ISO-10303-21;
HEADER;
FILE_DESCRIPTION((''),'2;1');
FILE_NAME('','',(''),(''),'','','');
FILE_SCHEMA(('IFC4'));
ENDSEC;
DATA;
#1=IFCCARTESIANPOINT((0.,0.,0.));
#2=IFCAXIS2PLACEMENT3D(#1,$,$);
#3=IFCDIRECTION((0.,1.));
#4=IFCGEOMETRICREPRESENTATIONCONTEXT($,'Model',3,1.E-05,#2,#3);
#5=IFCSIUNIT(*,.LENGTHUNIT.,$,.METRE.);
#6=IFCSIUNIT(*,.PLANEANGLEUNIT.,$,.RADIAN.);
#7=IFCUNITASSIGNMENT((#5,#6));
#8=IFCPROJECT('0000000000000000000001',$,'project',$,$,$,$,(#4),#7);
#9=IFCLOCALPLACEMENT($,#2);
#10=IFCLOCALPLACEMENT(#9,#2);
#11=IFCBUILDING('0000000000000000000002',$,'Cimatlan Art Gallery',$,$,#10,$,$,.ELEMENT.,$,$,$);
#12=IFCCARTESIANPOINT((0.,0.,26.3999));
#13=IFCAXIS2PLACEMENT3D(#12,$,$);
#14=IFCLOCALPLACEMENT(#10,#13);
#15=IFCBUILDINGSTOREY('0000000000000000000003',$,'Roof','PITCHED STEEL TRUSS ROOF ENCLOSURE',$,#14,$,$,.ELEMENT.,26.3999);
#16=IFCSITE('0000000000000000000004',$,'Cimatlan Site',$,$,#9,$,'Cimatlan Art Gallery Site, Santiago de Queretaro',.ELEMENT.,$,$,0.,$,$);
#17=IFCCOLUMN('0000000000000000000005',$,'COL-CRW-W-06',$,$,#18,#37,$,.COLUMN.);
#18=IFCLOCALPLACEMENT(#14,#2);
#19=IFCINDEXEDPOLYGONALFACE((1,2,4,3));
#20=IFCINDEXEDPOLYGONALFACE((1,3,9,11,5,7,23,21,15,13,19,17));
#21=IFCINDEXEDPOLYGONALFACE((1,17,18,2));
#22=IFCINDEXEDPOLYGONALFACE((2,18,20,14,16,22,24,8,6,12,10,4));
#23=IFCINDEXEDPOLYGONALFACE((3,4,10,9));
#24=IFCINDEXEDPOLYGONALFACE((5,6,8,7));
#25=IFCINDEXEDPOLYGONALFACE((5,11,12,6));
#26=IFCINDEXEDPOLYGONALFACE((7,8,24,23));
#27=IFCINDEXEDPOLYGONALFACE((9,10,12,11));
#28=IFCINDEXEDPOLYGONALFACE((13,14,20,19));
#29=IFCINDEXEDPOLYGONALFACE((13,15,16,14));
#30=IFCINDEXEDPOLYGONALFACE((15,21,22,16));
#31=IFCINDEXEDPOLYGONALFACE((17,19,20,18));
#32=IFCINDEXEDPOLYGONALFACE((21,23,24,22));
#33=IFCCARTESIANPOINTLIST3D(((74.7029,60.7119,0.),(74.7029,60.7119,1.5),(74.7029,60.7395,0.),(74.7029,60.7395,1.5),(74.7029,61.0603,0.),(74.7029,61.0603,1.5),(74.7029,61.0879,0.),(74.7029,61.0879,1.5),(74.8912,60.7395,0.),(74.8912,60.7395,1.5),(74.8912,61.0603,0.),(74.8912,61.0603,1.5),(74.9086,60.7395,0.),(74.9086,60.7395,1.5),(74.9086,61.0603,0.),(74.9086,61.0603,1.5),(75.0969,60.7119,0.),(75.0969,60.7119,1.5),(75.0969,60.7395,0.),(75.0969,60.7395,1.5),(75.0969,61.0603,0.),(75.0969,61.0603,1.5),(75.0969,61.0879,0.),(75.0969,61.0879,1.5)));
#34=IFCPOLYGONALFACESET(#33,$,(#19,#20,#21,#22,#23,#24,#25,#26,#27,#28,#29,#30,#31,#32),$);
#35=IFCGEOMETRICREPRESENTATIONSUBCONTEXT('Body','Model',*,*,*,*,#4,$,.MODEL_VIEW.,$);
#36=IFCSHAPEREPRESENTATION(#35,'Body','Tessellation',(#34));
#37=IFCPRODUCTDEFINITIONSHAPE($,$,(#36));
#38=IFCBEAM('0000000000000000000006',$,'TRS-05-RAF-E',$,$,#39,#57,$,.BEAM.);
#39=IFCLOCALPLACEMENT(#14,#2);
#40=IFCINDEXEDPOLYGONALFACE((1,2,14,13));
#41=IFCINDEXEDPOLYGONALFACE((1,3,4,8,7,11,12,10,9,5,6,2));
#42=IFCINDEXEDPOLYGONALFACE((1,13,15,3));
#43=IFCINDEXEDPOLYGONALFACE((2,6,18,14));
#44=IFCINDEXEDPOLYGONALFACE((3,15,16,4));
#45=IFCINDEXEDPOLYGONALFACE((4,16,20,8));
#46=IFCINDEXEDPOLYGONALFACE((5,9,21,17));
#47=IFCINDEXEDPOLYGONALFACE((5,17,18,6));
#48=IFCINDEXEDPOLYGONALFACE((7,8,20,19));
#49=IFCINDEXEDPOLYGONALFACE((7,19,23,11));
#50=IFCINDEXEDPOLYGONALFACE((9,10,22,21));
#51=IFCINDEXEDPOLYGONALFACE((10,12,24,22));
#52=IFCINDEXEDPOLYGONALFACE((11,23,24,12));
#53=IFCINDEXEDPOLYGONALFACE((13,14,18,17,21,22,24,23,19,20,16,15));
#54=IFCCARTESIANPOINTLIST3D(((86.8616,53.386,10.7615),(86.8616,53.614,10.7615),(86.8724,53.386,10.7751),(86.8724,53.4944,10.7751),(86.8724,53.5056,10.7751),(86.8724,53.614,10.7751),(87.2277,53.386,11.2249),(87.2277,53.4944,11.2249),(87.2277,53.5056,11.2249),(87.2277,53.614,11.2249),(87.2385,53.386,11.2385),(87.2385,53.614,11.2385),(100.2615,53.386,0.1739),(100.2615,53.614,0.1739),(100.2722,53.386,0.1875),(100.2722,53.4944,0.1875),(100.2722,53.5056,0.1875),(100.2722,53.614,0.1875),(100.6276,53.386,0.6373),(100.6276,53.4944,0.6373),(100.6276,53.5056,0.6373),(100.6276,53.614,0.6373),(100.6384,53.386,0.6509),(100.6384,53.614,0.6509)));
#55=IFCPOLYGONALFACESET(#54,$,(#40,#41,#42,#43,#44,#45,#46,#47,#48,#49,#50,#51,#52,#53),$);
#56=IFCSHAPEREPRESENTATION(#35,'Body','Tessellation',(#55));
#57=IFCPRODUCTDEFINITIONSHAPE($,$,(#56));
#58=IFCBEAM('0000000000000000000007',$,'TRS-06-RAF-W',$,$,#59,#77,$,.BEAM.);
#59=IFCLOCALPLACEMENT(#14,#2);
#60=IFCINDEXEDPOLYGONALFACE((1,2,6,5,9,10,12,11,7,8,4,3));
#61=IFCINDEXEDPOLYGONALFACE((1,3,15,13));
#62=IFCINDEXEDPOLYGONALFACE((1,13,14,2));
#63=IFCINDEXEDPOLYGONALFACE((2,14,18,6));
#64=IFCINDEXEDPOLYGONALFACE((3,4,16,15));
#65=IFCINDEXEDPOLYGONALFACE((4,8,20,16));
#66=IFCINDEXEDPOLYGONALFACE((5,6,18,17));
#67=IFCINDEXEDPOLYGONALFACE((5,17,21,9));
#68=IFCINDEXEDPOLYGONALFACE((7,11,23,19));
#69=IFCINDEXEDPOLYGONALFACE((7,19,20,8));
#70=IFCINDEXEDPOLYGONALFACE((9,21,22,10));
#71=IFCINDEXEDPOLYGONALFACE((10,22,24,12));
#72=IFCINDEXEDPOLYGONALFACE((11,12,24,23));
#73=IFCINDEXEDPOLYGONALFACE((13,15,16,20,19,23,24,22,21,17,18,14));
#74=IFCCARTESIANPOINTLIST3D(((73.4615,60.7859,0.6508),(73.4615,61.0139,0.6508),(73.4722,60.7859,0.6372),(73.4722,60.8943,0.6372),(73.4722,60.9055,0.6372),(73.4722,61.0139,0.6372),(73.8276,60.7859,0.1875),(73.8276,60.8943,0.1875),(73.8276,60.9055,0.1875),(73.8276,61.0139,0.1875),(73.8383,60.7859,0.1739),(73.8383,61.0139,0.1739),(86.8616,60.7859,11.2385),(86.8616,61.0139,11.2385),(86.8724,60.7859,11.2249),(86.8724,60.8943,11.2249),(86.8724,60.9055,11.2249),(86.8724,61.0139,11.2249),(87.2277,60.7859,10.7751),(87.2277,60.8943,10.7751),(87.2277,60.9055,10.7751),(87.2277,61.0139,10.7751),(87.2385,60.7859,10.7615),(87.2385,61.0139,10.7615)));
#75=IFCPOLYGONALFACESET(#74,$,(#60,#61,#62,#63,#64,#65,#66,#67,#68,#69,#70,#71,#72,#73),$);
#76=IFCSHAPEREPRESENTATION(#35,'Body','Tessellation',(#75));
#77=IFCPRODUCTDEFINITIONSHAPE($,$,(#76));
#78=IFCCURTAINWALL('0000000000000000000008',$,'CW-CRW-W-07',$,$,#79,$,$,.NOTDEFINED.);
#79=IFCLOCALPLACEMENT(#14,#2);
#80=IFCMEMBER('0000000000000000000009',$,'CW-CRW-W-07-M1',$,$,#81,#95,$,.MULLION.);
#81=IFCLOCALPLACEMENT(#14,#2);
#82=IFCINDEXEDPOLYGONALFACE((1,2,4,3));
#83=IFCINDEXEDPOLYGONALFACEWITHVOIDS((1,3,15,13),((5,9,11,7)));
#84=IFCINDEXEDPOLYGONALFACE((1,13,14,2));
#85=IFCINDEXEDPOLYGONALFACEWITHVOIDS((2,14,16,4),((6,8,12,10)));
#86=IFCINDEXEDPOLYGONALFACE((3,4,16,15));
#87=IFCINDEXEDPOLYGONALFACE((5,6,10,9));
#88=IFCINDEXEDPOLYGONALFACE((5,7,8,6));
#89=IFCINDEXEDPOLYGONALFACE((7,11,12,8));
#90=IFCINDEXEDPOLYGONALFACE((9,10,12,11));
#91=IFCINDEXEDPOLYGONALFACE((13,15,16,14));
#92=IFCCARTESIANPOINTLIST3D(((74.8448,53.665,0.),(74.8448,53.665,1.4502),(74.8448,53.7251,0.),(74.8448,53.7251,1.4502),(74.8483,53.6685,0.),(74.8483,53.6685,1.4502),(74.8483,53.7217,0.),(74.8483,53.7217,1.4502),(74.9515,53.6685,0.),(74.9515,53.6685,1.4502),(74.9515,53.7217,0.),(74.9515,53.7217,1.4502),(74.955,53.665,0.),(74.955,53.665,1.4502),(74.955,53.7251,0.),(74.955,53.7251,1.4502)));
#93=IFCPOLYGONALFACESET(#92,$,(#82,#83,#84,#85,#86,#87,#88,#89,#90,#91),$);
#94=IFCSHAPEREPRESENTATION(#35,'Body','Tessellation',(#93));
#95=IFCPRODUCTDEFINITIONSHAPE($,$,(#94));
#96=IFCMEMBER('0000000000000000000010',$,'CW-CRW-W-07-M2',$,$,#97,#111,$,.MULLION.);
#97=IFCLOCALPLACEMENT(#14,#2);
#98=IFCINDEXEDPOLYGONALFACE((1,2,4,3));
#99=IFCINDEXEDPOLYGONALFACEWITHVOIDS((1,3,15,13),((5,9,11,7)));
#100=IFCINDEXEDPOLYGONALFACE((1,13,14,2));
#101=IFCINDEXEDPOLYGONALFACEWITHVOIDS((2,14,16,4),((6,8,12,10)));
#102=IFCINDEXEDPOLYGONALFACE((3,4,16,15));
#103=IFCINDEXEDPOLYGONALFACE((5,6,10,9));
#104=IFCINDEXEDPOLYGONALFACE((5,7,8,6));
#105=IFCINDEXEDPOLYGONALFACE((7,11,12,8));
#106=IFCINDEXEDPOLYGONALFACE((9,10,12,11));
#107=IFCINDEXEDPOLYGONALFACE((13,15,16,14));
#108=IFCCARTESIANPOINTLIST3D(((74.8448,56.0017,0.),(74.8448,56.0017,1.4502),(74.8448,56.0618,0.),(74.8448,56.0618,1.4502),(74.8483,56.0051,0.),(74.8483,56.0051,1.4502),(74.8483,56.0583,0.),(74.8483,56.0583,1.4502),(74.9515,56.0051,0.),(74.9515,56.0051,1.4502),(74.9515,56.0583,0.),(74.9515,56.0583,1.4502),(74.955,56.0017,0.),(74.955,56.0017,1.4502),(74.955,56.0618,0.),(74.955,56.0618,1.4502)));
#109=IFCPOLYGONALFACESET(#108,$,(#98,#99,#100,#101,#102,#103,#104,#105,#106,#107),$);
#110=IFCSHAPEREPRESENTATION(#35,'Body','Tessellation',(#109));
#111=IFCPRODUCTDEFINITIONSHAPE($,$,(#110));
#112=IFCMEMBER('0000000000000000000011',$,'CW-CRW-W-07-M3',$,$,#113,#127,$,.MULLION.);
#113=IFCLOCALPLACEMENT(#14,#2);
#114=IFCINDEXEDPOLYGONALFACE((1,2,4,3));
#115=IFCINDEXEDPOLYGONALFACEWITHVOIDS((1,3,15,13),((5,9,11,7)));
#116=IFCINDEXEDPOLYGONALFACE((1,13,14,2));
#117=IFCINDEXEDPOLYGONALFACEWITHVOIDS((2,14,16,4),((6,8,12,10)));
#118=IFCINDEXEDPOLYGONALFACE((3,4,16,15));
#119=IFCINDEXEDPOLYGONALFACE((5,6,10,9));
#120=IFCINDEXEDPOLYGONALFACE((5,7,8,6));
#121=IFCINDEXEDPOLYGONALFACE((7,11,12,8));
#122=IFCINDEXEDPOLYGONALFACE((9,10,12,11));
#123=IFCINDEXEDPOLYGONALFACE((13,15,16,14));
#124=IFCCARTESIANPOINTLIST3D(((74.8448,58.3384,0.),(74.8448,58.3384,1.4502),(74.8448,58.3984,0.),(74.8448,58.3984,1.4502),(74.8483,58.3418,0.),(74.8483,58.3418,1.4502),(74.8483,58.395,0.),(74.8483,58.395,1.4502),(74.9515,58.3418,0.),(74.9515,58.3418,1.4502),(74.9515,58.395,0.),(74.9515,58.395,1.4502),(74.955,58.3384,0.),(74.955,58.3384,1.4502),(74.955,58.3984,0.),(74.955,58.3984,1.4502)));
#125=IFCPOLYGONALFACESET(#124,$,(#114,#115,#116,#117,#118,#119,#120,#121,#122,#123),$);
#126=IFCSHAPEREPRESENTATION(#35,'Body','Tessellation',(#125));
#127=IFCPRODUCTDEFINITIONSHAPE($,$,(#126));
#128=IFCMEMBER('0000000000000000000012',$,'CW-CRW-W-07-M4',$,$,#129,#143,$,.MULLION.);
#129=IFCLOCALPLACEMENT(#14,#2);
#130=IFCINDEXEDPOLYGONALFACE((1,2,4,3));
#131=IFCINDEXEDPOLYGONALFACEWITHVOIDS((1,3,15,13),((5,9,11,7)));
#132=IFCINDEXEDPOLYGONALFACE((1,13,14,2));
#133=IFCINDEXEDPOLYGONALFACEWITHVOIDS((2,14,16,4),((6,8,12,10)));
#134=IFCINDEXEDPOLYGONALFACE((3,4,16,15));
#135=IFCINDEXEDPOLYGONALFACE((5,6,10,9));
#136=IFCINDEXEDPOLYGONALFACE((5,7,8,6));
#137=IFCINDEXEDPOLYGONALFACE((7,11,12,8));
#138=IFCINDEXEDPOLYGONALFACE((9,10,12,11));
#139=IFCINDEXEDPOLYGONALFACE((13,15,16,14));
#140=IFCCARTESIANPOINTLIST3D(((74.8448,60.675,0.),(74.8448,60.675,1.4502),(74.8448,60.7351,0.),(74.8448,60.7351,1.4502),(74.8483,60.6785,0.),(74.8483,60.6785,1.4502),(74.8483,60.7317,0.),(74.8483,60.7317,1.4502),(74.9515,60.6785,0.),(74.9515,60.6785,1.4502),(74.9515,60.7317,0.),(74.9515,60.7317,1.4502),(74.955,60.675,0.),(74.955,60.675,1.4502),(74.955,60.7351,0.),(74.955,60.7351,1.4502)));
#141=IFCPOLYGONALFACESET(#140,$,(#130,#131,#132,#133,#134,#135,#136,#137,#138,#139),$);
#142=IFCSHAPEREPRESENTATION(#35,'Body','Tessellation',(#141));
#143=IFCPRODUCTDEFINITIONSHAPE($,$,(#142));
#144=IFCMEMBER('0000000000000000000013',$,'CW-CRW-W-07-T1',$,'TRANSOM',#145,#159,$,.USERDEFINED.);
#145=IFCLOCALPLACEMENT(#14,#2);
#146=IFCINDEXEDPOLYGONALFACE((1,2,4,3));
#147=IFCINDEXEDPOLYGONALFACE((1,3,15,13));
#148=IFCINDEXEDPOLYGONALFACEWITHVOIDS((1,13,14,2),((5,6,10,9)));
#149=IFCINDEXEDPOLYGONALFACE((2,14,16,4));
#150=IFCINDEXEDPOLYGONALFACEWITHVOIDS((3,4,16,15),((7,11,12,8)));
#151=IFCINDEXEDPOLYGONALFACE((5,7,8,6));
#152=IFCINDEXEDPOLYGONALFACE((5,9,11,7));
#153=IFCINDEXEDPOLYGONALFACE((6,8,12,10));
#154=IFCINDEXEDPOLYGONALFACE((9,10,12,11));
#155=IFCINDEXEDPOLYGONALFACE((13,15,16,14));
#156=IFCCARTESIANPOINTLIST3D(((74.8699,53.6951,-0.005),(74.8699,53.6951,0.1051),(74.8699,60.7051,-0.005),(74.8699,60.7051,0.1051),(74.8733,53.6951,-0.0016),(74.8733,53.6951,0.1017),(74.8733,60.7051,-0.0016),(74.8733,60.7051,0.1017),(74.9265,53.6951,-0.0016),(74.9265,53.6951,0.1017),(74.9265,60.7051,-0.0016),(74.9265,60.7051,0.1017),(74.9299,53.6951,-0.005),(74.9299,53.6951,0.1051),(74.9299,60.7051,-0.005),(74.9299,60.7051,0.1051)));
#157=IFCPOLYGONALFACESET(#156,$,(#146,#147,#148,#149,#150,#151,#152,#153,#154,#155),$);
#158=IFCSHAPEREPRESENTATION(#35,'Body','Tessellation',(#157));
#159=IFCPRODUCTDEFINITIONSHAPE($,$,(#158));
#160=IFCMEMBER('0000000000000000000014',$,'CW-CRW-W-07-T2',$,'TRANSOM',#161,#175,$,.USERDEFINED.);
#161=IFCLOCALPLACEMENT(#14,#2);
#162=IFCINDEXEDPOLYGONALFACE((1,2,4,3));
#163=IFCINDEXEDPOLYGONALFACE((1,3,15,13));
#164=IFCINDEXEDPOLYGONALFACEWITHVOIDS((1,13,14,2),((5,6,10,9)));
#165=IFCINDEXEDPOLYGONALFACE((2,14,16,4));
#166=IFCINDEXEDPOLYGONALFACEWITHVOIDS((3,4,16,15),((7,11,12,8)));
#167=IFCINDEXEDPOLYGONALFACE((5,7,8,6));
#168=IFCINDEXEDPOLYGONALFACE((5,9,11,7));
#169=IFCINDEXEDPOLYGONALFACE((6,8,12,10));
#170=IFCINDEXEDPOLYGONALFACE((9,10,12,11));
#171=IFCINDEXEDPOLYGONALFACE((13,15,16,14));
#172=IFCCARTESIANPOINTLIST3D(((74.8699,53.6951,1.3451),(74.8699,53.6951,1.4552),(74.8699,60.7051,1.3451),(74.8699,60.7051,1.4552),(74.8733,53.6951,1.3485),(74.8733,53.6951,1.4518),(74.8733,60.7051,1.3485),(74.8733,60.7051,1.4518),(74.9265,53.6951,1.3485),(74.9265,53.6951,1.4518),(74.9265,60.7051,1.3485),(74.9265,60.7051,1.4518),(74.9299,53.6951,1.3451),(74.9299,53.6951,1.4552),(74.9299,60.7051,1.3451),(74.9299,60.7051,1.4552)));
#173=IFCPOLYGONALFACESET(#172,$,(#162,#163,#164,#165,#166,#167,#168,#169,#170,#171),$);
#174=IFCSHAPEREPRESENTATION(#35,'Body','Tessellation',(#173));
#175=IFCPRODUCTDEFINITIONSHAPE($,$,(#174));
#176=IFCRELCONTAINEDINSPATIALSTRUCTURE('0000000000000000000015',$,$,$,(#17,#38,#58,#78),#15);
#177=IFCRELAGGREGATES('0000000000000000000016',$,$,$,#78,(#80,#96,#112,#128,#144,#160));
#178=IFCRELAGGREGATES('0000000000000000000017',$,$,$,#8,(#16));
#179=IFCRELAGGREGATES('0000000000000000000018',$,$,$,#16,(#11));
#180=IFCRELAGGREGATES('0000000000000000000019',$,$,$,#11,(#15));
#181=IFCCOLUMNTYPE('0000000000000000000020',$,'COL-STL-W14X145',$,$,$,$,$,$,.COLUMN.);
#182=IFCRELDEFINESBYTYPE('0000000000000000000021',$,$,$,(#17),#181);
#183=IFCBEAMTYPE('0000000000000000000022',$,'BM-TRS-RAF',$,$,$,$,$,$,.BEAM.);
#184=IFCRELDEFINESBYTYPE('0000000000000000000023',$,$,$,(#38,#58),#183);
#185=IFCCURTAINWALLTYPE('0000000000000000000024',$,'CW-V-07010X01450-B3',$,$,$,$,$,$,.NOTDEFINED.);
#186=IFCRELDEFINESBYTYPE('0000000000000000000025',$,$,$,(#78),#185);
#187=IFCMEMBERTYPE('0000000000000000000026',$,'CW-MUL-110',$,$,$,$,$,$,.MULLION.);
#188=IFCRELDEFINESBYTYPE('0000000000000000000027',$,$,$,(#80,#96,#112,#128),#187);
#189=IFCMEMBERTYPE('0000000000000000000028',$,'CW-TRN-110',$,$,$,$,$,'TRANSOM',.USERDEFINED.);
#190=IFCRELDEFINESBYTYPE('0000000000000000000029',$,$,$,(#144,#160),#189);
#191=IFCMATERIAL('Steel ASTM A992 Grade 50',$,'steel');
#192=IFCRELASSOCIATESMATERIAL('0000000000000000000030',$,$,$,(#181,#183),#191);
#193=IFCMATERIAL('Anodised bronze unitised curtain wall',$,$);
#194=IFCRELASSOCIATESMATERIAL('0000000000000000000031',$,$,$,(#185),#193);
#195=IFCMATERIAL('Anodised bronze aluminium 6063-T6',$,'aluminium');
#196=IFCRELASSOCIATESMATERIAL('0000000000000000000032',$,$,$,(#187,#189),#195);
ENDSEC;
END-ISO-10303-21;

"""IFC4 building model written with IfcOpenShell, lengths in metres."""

from ifc_helpers import new_model, si_unit, direction, frame, origin, origin_2d, place, context, subcontext, project, spatial, hollow_rectangle, i_section, extrude, material, material_profile, profile_set, type_object, element, aggregate, save


model = new_model("IFC4")

# Units and contexts
model_context = context("Model", 3, precision=1e-05, world=origin(), true_north=direction((0.0, 1.0)))
body_context = subcontext(model_context, "Body", "Model", "MODEL_VIEW")
ifc_project = project(units=[si_unit("LENGTHUNIT", "METRE"), si_unit("PLANEANGLEUNIT", "RADIAN")], contexts=[model_context])

# Site, building, storey
site_placement = place(None, origin())
site = spatial("IfcSite", under=ifc_project, at=site_placement, Name="Cimatlan Site", LongName="Cimatlan Art Gallery Site, Santiago de Queretaro", CompositionType="ELEMENT", RefElevation=0.0)
building_placement = place(site_placement, origin())
building = spatial("IfcBuilding", under=site, at=building_placement, Name="Cimatlan Art Gallery", CompositionType="ELEMENT")
storey_placement = place(building_placement, frame((0.0, 0.0, 26.3999)))
storey = spatial("IfcBuildingStorey", under=building, at=storey_placement, Name="Roof", Description="PITCHED STEEL TRUSS ROOF ENCLOSURE", CompositionType="ELEMENT", Elevation=26.3999)

# Column
ifc_material_1 = material(Name="Steel ASTM A992 Grade 50", Category="steel")
ifc_material_profile_1 = material_profile(ifc_material_1, i_section(OverallWidth=0.394, OverallDepth=0.376, WebThickness=0.0173, FlangeThickness=0.0276, at=origin_2d()), Name="W14X145")
ifc_profile_set_1 = profile_set([ifc_material_profile_1], Name="Steel ASTM A992 Grade 50")
column_type = type_object("IfcColumnType", Name="COL-STL-W14X145", PredefinedType="COLUMN", material=ifc_profile_set_1)
column_placement = place(storey_placement, frame((74.8999, 60.8999, 0.0), z_axis=(0.0, 0.0, 1.0), x_axis=(1.0, 0.0, 0.0)))
element("IfcColumn", 1, at=column_placement, inside=storey, type_object=column_type, Name="COL-CRW-W-06", PredefinedType="COLUMN", context=body_context, shape_type="SweptSolid", body=[
    extrude(i_section(OverallWidth=0.394, OverallDepth=0.376, WebThickness=0.0173, FlangeThickness=0.0276, at=origin_2d()), origin(), (0.0, 0.0, 1.0), 1.5),
])

# Beams
ifc_material_profile_2 = material_profile(ifc_material_1, i_section(OverallWidth=0.228, OverallDepth=0.6079, WebThickness=0.0112, FlangeThickness=0.0173, at=origin_2d()), Name="W24X76")
ifc_profile_set_2 = profile_set([ifc_material_profile_2], Name="Steel ASTM A992 Grade 50")
beam_type = type_object("IfcBeamType", Name="BM-TRS-RAF", PredefinedType="BEAM", material=ifc_profile_set_2)
beam_1_placement = place(storey_placement, frame((87.05, 53.5, 11.0), z_axis=(0.784633, 0.0, -0.619961), x_axis=(0.0, 1.0, 0.0)))
element("IfcBeam", 2, at=beam_1_placement, inside=storey, type_object=beam_type, Name="TRS-05-RAF-E", PredefinedType="BEAM", context=body_context, shape_type="SweptSolid", body=[
    extrude(i_section(OverallWidth=0.228, OverallDepth=0.6079, WebThickness=0.0112, FlangeThickness=0.0173, at=origin_2d()), origin(), (0.0, 0.0, 1.0), 17.0779),
])
beam_2_placement = place(storey_placement, frame((73.6499, 60.8999, 0.4124), z_axis=(0.784638, 0.0, 0.619954), x_axis=(0.0, 1.0, 0.0)))
element("IfcBeam", 3, at=beam_2_placement, inside=storey, type_object=beam_type, Name="TRS-06-RAF-W", PredefinedType="BEAM", context=body_context, shape_type="SweptSolid", body=[
    extrude(i_section(OverallWidth=0.228, OverallDepth=0.6079, WebThickness=0.0112, FlangeThickness=0.0173, at=origin_2d()), origin(), (0.0, 0.0, 1.0), 17.0781),
])

# Curtain wall, members
ifc_material_2 = material(Name="Anodised bronze unitised curtain wall")
curtain_wall_type = type_object("IfcCurtainWallType", Name="CW-V-07010X01450-B3", PredefinedType="NOTDEFINED", material=ifc_material_2)
curtain_wall_placement = place(storey_placement, origin())
curtain_wall = element("IfcCurtainWall", 4, at=curtain_wall_placement, inside=storey, type_object=curtain_wall_type, Name="CW-CRW-W-07", PredefinedType="NOTDEFINED")
ifc_material_3 = material(Name="Anodised bronze aluminium 6063-T6", Category="aluminium")
ifc_material_profile_3 = material_profile(ifc_material_3, hollow_rectangle(XDim=0.0601, YDim=0.1101, WallThickness=0.0034, at=origin_2d()), Name="ALU60X110X3")
ifc_profile_set_3 = profile_set([ifc_material_profile_3], Name="Anodised bronze aluminium 6063-T6")
member_type_1 = type_object("IfcMemberType", Name="CW-MUL-110", PredefinedType="MULLION", material=ifc_profile_set_3)
member_1_placement = place(storey_placement, frame((74.8999, 53.6951, 0.0), z_axis=(0.0, 0.0, 1.0), x_axis=(0.0, 1.0, 0.0)))
member_1 = element("IfcMember", 5, at=member_1_placement, type_object=member_type_1, Name="CW-CRW-W-07-M1", PredefinedType="MULLION", context=body_context, shape_type="SweptSolid", body=[
    extrude(hollow_rectangle(XDim=0.0601, YDim=0.1101, WallThickness=0.0034, at=origin_2d()), origin(), (0.0, 0.0, 1.0), 1.4502),
])
member_2_placement = place(storey_placement, frame((74.8999, 56.0317, 0.0), z_axis=(0.0, 0.0, 1.0), x_axis=(0.0, 1.0, 0.0)))
member_2 = element("IfcMember", 6, at=member_2_placement, type_object=member_type_1, Name="CW-CRW-W-07-M2", PredefinedType="MULLION", context=body_context, shape_type="SweptSolid", body=[
    extrude(hollow_rectangle(XDim=0.0601, YDim=0.1101, WallThickness=0.0034, at=origin_2d()), origin(), (0.0, 0.0, 1.0), 1.4502),
])
member_3_placement = place(storey_placement, frame((74.8999, 58.3684, 0.0), z_axis=(0.0, 0.0, 1.0), x_axis=(0.0, 1.0, 0.0)))
member_3 = element("IfcMember", 7, at=member_3_placement, type_object=member_type_1, Name="CW-CRW-W-07-M3", PredefinedType="MULLION", context=body_context, shape_type="SweptSolid", body=[
    extrude(hollow_rectangle(XDim=0.0601, YDim=0.1101, WallThickness=0.0034, at=origin_2d()), origin(), (0.0, 0.0, 1.0), 1.4502),
])
member_4_placement = place(storey_placement, frame((74.8999, 60.7051, 0.0), z_axis=(0.0, 0.0, 1.0), x_axis=(0.0, 1.0, 0.0)))
member_4 = element("IfcMember", 8, at=member_4_placement, type_object=member_type_1, Name="CW-CRW-W-07-M4", PredefinedType="MULLION", context=body_context, shape_type="SweptSolid", body=[
    extrude(hollow_rectangle(XDim=0.0601, YDim=0.1101, WallThickness=0.0034, at=origin_2d()), origin(), (0.0, 0.0, 1.0), 1.4502),
])
ifc_material_profile_4 = material_profile(ifc_material_3, hollow_rectangle(XDim=0.0601, YDim=0.1101, WallThickness=0.0034, at=origin_2d()), Name="ALU60X110X3")
ifc_profile_set_4 = profile_set([ifc_material_profile_4], Name="Anodised bronze aluminium 6063-T6")
member_type_2 = type_object("IfcMemberType", Name="CW-TRN-110", ElementType="TRANSOM", PredefinedType="USERDEFINED", material=ifc_profile_set_4)
member_5_placement = place(storey_placement, frame((74.8999, 53.6951, 0.05), z_axis=(0.0, 1.0, 0.0), x_axis=(-1.0, 0.0, 0.0)))
member_5 = element("IfcMember", 9, at=member_5_placement, type_object=member_type_2, Name="CW-CRW-W-07-T1", ObjectType="TRANSOM", PredefinedType="USERDEFINED", context=body_context, shape_type="SweptSolid", body=[
    extrude(hollow_rectangle(XDim=0.0601, YDim=0.1101, WallThickness=0.0034, at=origin_2d()), origin(), (0.0, 0.0, 1.0), 7.01),
])
member_6_placement = place(storey_placement, frame((74.8999, 53.6951, 1.4001), z_axis=(0.0, 1.0, 0.0), x_axis=(-1.0, 0.0, 0.0)))
member_6 = element("IfcMember", 10, at=member_6_placement, type_object=member_type_2, Name="CW-CRW-W-07-T2", ObjectType="TRANSOM", PredefinedType="USERDEFINED", context=body_context, shape_type="SweptSolid", body=[
    extrude(hollow_rectangle(XDim=0.0601, YDim=0.1101, WallThickness=0.0034, at=origin_2d()), origin(), (0.0, 0.0, 1.0), 7.01),
])

aggregate(curtain_wall, [member_1, member_2, member_3, member_4, member_5, member_6])

save(model, "model.ifc")
